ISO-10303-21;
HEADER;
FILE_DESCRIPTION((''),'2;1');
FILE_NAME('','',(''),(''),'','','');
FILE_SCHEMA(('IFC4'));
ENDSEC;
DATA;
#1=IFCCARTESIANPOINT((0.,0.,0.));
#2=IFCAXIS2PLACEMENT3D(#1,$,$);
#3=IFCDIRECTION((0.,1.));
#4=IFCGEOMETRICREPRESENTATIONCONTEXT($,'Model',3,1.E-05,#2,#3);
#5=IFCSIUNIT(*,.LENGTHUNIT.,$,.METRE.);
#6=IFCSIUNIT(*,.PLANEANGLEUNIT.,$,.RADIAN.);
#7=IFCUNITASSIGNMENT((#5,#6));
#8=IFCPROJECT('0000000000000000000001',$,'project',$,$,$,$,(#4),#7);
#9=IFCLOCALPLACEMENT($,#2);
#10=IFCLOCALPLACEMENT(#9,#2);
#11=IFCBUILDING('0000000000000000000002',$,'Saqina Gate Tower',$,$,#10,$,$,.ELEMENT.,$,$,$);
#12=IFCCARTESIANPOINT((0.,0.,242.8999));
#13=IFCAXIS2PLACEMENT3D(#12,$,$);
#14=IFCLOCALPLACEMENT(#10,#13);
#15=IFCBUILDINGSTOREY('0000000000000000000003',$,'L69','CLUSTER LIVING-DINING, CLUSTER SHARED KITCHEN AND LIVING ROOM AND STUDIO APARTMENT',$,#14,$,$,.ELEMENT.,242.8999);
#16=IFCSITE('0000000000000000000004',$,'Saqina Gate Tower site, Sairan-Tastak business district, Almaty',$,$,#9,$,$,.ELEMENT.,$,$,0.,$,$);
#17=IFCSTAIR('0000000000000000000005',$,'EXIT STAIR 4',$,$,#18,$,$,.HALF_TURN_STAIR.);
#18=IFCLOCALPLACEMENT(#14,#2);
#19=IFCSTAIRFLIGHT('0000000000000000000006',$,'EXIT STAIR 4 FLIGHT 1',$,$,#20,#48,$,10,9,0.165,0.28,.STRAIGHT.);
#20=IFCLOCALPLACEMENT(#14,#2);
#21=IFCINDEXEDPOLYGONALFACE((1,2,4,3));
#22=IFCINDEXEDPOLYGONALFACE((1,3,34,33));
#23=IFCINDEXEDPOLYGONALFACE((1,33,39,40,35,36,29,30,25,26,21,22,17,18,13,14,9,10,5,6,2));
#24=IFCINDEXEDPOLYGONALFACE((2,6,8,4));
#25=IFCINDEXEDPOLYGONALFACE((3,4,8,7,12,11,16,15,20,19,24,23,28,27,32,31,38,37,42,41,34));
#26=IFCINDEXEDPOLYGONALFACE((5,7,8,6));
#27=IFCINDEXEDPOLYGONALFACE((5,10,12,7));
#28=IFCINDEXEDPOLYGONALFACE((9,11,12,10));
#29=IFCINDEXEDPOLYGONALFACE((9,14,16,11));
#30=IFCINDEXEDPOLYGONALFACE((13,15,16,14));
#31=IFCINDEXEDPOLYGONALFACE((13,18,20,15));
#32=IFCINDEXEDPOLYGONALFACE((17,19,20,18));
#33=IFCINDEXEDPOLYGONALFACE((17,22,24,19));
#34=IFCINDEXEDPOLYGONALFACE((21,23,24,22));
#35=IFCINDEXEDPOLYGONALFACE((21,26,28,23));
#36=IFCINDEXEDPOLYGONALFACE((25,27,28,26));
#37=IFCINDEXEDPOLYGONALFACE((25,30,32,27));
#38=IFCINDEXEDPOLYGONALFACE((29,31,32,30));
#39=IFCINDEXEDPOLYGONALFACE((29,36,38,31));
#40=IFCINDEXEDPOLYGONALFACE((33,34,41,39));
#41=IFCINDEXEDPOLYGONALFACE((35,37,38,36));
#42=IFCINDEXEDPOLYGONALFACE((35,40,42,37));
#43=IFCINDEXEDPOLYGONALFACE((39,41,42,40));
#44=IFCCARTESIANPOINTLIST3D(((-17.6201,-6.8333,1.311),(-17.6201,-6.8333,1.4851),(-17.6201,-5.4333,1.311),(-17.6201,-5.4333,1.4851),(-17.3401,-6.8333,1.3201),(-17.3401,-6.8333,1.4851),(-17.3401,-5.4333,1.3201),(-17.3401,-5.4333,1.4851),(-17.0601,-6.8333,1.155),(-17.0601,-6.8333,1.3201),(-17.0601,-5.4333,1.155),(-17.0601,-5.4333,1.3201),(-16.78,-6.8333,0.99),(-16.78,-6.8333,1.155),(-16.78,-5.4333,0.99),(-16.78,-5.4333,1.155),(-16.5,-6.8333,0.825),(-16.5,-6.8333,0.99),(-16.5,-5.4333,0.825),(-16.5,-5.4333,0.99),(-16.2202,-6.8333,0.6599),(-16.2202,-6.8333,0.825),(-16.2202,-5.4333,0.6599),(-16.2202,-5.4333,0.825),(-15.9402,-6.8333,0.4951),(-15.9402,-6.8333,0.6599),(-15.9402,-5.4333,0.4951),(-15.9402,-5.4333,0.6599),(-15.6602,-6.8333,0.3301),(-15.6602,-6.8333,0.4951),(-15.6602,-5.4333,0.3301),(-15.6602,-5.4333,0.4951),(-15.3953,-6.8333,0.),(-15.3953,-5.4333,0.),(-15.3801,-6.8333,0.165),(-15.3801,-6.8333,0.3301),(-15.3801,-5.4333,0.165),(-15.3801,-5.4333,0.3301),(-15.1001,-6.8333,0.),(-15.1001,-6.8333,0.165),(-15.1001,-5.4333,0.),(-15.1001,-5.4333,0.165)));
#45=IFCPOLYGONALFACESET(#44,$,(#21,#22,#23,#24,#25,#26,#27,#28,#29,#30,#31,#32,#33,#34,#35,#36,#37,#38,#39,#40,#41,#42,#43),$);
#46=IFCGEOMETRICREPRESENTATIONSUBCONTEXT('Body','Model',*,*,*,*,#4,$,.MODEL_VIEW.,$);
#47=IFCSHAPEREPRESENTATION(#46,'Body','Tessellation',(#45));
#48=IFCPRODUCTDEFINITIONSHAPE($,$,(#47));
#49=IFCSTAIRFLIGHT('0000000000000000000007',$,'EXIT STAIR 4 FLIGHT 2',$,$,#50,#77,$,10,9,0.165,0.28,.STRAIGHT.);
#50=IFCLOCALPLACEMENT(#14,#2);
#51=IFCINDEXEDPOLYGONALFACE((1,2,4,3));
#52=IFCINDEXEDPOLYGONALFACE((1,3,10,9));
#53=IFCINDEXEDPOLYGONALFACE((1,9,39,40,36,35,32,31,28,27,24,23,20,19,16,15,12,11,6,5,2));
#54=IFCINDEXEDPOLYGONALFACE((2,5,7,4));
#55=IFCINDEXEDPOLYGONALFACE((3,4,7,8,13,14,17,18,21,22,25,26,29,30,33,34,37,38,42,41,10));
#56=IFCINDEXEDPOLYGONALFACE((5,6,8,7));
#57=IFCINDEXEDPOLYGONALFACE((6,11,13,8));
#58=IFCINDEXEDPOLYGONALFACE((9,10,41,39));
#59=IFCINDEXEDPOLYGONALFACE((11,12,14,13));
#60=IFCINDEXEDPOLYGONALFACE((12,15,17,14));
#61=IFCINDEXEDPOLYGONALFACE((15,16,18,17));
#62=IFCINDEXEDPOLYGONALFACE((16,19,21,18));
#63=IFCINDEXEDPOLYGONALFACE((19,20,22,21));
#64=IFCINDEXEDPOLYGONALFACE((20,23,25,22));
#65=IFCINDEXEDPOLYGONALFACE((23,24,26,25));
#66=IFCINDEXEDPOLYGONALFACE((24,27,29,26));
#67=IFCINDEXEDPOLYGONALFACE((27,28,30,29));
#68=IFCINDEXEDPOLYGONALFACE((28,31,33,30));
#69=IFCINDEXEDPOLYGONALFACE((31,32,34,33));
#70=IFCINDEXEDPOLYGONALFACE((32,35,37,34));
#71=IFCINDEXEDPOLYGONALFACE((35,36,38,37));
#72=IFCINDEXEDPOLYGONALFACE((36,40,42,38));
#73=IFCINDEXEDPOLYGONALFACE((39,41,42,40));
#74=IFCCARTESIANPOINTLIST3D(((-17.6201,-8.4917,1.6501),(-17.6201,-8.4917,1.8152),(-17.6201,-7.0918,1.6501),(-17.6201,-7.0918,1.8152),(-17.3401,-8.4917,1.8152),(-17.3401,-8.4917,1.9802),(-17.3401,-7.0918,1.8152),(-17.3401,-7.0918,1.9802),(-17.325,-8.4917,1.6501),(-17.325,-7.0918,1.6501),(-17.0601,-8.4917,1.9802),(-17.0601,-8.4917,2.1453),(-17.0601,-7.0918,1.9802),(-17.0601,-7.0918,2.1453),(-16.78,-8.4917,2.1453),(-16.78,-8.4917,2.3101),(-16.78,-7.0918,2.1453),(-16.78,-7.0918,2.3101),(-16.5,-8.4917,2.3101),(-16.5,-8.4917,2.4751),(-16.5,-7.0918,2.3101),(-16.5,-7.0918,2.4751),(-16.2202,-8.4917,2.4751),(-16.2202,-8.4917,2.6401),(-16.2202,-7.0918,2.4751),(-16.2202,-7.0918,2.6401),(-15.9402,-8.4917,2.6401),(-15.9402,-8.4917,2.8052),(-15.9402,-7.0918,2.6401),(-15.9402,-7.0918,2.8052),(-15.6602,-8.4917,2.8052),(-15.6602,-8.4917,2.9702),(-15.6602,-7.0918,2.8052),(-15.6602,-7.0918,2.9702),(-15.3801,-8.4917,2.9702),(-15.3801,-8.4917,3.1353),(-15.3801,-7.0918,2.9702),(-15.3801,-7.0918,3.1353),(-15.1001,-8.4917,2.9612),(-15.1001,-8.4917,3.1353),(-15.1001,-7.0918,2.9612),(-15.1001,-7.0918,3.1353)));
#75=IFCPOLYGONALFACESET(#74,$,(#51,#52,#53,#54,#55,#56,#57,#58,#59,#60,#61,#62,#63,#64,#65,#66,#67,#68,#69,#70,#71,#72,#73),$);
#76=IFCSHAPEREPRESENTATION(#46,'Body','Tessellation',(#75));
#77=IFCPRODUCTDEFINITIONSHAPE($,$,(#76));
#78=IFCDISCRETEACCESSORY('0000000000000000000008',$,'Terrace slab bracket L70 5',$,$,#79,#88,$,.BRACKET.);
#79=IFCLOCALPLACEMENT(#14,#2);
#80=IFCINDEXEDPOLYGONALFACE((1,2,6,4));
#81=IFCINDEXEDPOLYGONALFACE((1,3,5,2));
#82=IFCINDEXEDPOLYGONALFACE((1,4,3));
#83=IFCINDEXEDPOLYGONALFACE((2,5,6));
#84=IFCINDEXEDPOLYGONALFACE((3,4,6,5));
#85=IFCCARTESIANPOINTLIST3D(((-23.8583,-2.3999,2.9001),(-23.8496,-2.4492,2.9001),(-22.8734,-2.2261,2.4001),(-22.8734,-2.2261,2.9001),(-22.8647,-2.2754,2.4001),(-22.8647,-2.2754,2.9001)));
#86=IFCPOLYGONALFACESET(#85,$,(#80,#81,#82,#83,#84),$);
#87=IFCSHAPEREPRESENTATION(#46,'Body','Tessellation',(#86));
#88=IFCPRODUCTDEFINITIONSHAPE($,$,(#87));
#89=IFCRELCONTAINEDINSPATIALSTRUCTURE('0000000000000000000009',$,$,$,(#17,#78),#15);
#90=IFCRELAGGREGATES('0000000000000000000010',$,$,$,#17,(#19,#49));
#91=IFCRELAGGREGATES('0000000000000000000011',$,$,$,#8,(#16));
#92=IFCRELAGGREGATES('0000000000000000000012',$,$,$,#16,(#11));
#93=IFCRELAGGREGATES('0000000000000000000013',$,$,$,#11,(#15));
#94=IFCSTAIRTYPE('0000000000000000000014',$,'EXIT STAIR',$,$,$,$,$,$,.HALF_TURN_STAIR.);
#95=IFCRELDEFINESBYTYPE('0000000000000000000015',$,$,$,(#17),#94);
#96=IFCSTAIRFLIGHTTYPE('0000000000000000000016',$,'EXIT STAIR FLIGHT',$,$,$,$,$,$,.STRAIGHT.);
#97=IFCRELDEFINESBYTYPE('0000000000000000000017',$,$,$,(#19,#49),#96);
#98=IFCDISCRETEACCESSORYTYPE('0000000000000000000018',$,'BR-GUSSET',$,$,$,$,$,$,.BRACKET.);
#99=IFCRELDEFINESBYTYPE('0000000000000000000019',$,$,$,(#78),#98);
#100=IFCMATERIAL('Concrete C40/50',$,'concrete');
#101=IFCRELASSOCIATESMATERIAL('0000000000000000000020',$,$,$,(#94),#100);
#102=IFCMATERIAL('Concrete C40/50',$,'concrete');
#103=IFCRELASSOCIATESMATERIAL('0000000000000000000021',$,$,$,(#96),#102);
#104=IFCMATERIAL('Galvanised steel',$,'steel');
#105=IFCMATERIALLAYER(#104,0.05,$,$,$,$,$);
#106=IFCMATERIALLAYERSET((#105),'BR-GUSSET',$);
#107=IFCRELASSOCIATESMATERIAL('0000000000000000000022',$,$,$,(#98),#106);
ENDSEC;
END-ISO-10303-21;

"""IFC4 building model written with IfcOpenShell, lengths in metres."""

from ifc_helpers import new_model, si_unit, direction, frame, origin, place, context, subcontext, project, spatial, polyline, outline, extrude, material, layer, layer_set, type_object, element, aggregate, save


model = new_model("IFC4")

# Units and contexts
model_context = context("Model", 3, precision=1e-05, world=origin(), true_north=direction((0.0, 1.0)))
body_context = subcontext(model_context, "Body", "Model", "MODEL_VIEW")
ifc_project = project(units=[si_unit("LENGTHUNIT", "METRE"), si_unit("PLANEANGLEUNIT", "RADIAN")], contexts=[model_context])

# Site, building, storey
site_placement = place(None, origin())
site = spatial("IfcSite", under=ifc_project, at=site_placement, Name="Saqina Gate Tower site, Sairan-Tastak business district, Almaty", CompositionType="ELEMENT", RefElevation=0.0)
building_placement = place(site_placement, origin())
building = spatial("IfcBuilding", under=site, at=building_placement, Name="Saqina Gate Tower", CompositionType="ELEMENT")
storey_placement = place(building_placement, frame((0.0, 0.0, 242.8999)))
storey = spatial("IfcBuildingStorey", under=building, at=storey_placement, Name="L69", Description="CLUSTER LIVING-DINING, CLUSTER SHARED KITCHEN AND LIVING ROOM AND STUDIO APARTMENT", CompositionType="ELEMENT", Elevation=242.8999)

# Stair, stair flights
ifc_material_1 = material(Name="Concrete C40/50", Category="concrete")
stair_type = type_object("IfcStairType", Name="EXIT STAIR", PredefinedType="HALF_TURN_STAIR", material=ifc_material_1)
stair_placement = place(storey_placement, origin())
stair = element("IfcStair", 1, at=stair_placement, inside=storey, type_object=stair_type, Name="EXIT STAIR 4", PredefinedType="HALF_TURN_STAIR")
ifc_material_2 = material(Name="Concrete C40/50", Category="concrete")
stair_flight_type = type_object("IfcStairFlightType", Name="EXIT STAIR FLIGHT", PredefinedType="STRAIGHT", material=ifc_material_2)
stair_flight_1_placement = place(storey_placement, frame((-15.1001, -6.1333, 0.0), z_axis=(0.0, 0.0, 1.0), x_axis=(-1.0, 0.0, 0.0)))
stair_flight_1 = element("IfcStairFlight", 2, at=stair_flight_1_placement, type_object=stair_flight_type, Name="EXIT STAIR 4 FLIGHT 1", NumberOfRisers=10, NumberOfTreads=9, PredefinedType="STRAIGHT", RiserHeight=0.165, TreadLength=0.28, context=body_context, shape_type="SweptSolid", body=[
    extrude(outline(polyline([(0.0, 0.0), (0.0, 0.165), (0.28, 0.165), (0.28, 0.3301), (0.5601, 0.3301), (0.5601, 0.4951), (0.8401, 0.4951), (0.8401, 0.6599), (1.1201, 0.6599), (1.1201, 0.825), (1.3999, 0.825), (1.3999, 0.99), (1.6799, 0.99), (1.6799, 1.155), (1.96, 1.155), (1.96, 1.3201), (2.24, 1.3201), (2.24, 1.4851), (2.52, 1.4851), (2.52, 1.6499), (2.52, 1.311), (0.2952, 0.0), (0.0, 0.0)])), frame((0.0, 0.7, 0.0), z_axis=(0.0, -1.0, 0.0), x_axis=(1.0, 0.0, 0.0)), (0.0, 0.0, 1.0), 1.3999),
])
stair_flight_2_placement = place(storey_placement, frame((-17.6201, -7.7917, 1.6501), z_axis=(0.0, 0.0, 1.0), x_axis=(1.0, 0.0, 0.0)))
stair_flight_2 = element("IfcStairFlight", 3, at=stair_flight_2_placement, type_object=stair_flight_type, Name="EXIT STAIR 4 FLIGHT 2", NumberOfRisers=10, NumberOfTreads=9, PredefinedType="STRAIGHT", RiserHeight=0.165, TreadLength=0.28, context=body_context, shape_type="SweptSolid", body=[
    extrude(outline(polyline([(0.0, 0.0), (0.0, 0.165), (0.28, 0.165), (0.28, 0.3301), (0.5601, 0.3301), (0.5601, 0.4951), (0.8401, 0.4951), (0.8401, 0.6599), (1.1201, 0.6599), (1.1201, 0.825), (1.3999, 0.825), (1.3999, 0.99), (1.6799, 0.99), (1.6799, 1.155), (1.96, 1.155), (1.96, 1.3201), (2.24, 1.3201), (2.24, 1.4851), (2.52, 1.4851), (2.52, 1.6499), (2.52, 1.311), (0.2952, 0.0), (0.0, 0.0)])), frame((0.0, 0.7, 0.0), z_axis=(0.0, -1.0, 0.0), x_axis=(1.0, 0.0, 0.0)), (0.0, 0.0, 1.0), 1.3999),
])
aggregate(stair, [stair_flight_1, stair_flight_2])

# Discrete accessory
ifc_material_3 = material(Name="Galvanised steel", Category="steel")
ifc_layer_1 = layer(ifc_material_3, 0.05)
ifc_layer_set_1 = layer_set([ifc_layer_1], Name="BR-GUSSET")
discrete_accessory_type = type_object("IfcDiscreteAccessoryType", Name="BR-GUSSET", PredefinedType="BRACKET", material=ifc_layer_set_1)
discrete_accessory_placement = place(storey_placement, frame((-22.8647, -2.2754, 2.4001), z_axis=(0.173813, -0.984779, 0.0), x_axis=(0.0, 0.0, 1.0)))
element("IfcDiscreteAccessory", 4, at=discrete_accessory_placement, inside=storey, type_object=discrete_accessory_type, Name="Terrace slab bracket L70 5", PredefinedType="BRACKET", context=body_context, shape_type="SweptSolid", body=[
    extrude(outline(polyline([(0.0, 0.0), (0.5, 0.0), (0.5, 1.0001), (0.0, 0.0)])), origin(), (0.0, 0.0, -1.0), 0.05),
])

save(model, "model.ifc")
